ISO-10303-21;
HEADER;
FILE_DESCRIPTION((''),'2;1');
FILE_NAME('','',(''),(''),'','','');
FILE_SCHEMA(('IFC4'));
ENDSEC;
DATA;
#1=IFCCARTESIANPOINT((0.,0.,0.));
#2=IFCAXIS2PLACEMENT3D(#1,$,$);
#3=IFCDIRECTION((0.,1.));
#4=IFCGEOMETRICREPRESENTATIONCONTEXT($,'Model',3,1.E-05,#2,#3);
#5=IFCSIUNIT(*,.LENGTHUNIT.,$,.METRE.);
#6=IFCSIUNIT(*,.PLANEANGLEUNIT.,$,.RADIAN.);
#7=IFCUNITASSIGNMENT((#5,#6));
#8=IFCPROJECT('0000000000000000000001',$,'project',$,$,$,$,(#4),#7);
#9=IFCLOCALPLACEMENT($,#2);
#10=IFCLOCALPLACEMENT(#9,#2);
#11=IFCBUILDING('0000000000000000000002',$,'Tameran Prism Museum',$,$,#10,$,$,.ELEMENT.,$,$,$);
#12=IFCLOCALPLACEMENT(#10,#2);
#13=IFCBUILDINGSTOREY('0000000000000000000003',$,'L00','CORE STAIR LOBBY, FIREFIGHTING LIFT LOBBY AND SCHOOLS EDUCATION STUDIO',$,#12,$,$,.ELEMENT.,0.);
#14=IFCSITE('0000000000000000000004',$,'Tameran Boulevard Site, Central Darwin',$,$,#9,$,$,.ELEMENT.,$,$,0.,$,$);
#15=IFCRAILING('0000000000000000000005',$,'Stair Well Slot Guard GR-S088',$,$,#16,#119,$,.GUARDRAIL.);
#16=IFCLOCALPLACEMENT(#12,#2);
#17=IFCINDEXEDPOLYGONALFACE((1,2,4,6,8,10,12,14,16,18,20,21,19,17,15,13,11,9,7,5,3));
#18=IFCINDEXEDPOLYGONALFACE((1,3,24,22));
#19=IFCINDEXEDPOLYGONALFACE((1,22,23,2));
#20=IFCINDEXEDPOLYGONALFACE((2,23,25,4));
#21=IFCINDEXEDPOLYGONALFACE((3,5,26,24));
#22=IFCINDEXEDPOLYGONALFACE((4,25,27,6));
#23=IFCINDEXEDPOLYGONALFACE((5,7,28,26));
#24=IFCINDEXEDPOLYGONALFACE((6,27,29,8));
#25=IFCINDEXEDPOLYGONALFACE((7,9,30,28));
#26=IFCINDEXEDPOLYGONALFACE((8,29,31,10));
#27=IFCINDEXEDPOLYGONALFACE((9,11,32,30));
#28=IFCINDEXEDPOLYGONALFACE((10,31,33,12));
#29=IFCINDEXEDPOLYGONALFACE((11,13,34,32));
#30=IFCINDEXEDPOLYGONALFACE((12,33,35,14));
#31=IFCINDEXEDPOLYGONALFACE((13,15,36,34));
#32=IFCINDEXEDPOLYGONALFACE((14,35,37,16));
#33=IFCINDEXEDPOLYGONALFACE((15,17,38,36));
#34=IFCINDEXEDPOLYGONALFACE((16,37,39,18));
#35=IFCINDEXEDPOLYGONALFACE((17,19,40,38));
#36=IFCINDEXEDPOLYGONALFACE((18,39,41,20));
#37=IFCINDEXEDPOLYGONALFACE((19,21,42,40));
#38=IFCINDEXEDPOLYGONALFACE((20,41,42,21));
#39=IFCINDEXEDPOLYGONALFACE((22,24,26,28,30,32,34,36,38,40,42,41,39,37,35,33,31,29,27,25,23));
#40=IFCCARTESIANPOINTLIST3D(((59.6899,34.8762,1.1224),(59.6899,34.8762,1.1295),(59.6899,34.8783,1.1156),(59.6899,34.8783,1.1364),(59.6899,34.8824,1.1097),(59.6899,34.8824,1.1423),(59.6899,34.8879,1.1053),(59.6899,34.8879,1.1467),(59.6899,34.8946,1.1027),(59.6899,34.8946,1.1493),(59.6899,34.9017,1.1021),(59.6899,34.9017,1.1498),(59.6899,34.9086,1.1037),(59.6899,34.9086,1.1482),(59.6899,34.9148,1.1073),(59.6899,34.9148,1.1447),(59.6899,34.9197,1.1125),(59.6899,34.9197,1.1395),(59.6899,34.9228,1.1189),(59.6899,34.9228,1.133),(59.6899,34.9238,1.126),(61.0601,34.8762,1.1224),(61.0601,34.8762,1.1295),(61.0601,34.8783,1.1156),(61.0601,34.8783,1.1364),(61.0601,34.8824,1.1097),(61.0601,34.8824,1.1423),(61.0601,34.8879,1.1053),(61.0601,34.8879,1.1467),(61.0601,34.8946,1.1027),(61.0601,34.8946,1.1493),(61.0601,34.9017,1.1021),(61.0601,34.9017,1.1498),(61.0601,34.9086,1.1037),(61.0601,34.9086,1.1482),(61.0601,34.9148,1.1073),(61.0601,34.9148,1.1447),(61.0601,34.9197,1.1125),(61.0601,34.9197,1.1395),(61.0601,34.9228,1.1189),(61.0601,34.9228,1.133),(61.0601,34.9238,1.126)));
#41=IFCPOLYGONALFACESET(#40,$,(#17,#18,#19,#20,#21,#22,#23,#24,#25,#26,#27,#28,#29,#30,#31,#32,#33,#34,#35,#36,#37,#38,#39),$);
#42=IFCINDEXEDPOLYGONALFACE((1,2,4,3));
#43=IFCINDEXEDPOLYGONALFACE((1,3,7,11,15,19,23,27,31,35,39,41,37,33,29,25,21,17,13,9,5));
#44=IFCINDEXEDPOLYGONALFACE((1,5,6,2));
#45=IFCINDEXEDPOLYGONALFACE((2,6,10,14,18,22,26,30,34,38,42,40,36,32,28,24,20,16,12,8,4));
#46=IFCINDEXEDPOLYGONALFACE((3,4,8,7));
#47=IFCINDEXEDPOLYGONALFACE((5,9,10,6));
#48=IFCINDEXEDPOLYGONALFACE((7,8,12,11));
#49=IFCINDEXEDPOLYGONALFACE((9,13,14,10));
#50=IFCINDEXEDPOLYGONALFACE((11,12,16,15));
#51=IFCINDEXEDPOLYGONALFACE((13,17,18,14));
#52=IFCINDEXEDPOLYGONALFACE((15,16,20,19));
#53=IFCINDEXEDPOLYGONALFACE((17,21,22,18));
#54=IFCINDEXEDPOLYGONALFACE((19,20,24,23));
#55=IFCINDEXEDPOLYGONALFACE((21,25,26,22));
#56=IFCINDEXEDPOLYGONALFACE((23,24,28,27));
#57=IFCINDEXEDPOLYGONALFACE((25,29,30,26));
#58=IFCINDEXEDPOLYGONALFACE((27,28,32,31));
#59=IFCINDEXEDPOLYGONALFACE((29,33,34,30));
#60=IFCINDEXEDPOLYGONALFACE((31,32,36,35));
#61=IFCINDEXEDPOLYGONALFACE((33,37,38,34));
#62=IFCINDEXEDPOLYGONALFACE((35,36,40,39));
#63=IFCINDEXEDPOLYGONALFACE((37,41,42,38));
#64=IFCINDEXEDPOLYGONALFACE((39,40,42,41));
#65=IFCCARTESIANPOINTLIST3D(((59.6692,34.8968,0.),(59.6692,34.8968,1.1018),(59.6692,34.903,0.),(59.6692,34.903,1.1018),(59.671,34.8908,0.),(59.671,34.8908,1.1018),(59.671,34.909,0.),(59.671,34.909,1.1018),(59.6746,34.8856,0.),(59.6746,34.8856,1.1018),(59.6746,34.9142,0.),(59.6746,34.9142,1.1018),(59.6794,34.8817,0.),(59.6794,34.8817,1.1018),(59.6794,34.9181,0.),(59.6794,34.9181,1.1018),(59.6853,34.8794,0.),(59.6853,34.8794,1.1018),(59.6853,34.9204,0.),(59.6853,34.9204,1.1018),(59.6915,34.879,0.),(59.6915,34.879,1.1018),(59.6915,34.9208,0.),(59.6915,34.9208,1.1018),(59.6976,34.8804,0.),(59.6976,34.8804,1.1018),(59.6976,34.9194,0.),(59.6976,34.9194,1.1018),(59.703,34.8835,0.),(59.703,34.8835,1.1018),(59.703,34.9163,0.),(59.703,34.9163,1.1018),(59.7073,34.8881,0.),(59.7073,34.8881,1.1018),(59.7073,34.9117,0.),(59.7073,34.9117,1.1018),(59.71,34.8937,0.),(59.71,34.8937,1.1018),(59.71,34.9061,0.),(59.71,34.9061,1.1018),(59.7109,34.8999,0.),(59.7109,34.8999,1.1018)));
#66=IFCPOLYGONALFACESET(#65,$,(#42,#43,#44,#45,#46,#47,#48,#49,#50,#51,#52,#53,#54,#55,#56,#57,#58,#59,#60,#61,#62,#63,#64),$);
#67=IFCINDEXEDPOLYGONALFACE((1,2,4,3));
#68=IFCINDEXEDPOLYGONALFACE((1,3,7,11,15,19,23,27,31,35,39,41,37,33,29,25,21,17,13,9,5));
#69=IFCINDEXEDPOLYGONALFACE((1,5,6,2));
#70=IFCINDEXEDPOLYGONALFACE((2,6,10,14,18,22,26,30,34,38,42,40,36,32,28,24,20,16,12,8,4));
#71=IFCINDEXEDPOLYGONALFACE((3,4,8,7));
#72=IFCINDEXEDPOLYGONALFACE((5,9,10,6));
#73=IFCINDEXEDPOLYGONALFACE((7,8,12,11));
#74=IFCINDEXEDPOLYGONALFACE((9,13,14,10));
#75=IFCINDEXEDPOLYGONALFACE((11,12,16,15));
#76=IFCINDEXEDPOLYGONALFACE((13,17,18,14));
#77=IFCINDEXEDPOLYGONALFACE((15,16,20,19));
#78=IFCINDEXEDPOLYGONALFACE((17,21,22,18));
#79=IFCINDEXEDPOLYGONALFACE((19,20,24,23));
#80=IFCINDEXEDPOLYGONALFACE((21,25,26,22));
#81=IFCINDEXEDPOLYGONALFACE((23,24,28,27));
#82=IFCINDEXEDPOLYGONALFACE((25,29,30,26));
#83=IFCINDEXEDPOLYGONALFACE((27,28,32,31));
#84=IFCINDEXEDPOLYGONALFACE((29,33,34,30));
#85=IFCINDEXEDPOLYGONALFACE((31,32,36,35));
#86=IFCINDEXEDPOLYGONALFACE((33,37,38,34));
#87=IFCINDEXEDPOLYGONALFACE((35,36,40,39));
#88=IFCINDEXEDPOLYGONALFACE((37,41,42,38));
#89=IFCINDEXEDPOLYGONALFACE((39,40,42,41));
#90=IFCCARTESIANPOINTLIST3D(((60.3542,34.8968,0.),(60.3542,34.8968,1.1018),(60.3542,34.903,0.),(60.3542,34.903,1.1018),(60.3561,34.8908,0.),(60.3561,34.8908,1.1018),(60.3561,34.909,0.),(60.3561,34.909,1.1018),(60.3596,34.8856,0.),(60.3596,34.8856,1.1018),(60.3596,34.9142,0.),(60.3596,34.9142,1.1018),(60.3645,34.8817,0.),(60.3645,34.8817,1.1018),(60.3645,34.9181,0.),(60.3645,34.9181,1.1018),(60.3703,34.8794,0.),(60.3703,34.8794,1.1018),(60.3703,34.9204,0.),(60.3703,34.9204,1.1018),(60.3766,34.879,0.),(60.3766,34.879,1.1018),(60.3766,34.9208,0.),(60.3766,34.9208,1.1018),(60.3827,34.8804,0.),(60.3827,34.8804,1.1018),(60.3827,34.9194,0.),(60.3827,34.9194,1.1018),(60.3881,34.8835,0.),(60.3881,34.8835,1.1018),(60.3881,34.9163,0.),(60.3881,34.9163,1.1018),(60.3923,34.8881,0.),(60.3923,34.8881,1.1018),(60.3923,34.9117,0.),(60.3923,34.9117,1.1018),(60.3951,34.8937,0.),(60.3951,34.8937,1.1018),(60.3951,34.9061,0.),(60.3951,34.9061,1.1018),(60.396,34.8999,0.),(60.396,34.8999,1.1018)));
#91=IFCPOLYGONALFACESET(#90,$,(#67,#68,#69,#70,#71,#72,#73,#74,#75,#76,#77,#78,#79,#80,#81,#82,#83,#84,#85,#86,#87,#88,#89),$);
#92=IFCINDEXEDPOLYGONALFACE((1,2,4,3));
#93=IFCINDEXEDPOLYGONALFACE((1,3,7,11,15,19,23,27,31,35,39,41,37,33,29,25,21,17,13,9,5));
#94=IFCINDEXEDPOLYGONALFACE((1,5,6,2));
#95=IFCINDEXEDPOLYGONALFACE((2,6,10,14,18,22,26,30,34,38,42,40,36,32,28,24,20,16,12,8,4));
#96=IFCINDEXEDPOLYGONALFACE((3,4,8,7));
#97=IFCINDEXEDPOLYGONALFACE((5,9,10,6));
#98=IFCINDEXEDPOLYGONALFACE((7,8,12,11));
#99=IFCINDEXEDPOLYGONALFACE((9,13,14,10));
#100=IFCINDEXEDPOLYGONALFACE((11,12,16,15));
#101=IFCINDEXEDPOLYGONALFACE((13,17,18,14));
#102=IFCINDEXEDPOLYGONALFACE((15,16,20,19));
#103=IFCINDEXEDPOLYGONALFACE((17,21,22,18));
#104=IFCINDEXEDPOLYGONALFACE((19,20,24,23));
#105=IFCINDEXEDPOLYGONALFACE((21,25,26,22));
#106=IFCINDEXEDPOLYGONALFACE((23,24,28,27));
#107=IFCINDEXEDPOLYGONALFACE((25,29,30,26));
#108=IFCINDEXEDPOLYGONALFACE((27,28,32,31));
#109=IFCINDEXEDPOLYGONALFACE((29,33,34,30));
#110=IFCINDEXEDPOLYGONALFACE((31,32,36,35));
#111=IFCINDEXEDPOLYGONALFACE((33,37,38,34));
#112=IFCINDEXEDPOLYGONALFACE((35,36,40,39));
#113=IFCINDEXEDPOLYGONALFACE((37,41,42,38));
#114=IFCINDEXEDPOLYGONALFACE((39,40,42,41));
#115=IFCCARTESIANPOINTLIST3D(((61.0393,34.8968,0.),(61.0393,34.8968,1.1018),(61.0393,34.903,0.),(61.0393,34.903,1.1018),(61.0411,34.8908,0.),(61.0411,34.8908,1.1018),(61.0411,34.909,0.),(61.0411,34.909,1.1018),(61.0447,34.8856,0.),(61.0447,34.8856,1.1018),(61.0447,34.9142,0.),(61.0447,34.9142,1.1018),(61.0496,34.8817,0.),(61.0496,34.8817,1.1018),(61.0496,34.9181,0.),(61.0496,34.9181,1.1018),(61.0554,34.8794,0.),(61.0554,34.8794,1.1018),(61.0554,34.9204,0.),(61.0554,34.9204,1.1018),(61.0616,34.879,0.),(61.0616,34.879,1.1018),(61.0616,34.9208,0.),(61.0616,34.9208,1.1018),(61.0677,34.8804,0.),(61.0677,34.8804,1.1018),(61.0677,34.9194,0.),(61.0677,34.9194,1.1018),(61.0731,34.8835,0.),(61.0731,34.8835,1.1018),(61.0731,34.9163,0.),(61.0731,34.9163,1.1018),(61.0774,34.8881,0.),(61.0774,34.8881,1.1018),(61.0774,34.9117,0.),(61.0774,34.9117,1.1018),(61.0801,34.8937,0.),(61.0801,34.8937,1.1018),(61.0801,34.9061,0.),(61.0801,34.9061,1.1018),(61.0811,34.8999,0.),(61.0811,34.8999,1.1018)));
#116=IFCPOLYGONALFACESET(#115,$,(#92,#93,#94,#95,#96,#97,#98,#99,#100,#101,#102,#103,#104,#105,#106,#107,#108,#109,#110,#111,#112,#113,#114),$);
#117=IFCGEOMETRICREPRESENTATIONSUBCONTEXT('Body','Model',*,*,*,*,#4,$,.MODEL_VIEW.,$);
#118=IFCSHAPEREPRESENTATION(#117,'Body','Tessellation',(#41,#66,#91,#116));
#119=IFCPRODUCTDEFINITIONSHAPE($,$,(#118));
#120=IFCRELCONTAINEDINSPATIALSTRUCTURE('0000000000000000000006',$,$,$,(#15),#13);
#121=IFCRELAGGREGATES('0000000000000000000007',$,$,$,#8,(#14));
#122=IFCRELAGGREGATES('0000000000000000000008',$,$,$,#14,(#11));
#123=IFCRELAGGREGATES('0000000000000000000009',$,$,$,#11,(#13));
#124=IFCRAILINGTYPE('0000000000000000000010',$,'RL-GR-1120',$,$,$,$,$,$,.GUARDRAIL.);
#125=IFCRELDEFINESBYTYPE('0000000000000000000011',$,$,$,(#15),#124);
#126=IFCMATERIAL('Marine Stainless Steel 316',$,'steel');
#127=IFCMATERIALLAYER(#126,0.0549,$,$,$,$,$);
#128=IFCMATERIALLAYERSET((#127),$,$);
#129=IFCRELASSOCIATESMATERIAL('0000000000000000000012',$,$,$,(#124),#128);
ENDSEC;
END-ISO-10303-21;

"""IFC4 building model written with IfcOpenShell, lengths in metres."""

from ifc_helpers import new_model, si_unit, direction, frame, origin, origin_2d, place, context, subcontext, project, spatial, circle, extrude, material, layer, layer_set, type_object, element, save


model = new_model("IFC4")

# Units and contexts
model_context = context("Model", 3, precision=1e-05, world=origin(), true_north=direction((0.0, 1.0)))
body_context = subcontext(model_context, "Body", "Model", "MODEL_VIEW")
ifc_project = project(units=[si_unit("LENGTHUNIT", "METRE"), si_unit("PLANEANGLEUNIT", "RADIAN")], contexts=[model_context])

# Site, building, storey
site_placement = place(None, origin())
site = spatial("IfcSite", under=ifc_project, at=site_placement, Name="Tameran Boulevard Site, Central Darwin", CompositionType="ELEMENT", RefElevation=0.0)
building_placement = place(site_placement, origin())
building = spatial("IfcBuilding", under=site, at=building_placement, Name="Tameran Prism Museum", CompositionType="ELEMENT")
storey_placement = place(building_placement, origin())
storey = spatial("IfcBuildingStorey", under=building, at=storey_placement, Name="L00", Description="CORE STAIR LOBBY, FIREFIGHTING LIFT LOBBY AND SCHOOLS EDUCATION STUDIO", CompositionType="ELEMENT", Elevation=0.0)

# Railing
ifc_material_1 = material(Name="Marine Stainless Steel 316", Category="steel")
ifc_layer_1 = layer(ifc_material_1, 0.0549)
ifc_layer_set_1 = layer_set([ifc_layer_1])
railing_type_1 = type_object("IfcRailingType", Name="RL-GR-1120", PredefinedType="GUARDRAIL", material=ifc_layer_set_1)
railing_1_placement = place(storey_placement, frame((59.6899, 34.8999, 0.0)))
element("IfcRailing", 1, at=railing_1_placement, inside=storey, type_object=railing_type_1, Name="Stair Well Slot Guard GR-S088", PredefinedType="GUARDRAIL", context=body_context, shape_type="SweptSolid", body=[
    extrude(circle(Radius=0.0239, at=origin_2d()), frame((0.0, 0.0, 1.126), z_axis=(1.0, 0.0, 0.0), x_axis=(0.0, 1.0, 0.0)), (0.0, 0.0, 1.0), 1.3701),
    extrude(circle(Radius=0.021, at=origin_2d()), origin(), (0.0, 0.0, 1.0), 1.1018),
    extrude(circle(Radius=0.021, at=origin_2d()), frame((0.6851, 0.0, 0.0)), (0.0, 0.0, 1.0), 1.1018),
    extrude(circle(Radius=0.021, at=origin_2d()), frame((1.3701, 0.0, 0.0)), (0.0, 0.0, 1.0), 1.1018),
])

save(model, "model.ifc")
